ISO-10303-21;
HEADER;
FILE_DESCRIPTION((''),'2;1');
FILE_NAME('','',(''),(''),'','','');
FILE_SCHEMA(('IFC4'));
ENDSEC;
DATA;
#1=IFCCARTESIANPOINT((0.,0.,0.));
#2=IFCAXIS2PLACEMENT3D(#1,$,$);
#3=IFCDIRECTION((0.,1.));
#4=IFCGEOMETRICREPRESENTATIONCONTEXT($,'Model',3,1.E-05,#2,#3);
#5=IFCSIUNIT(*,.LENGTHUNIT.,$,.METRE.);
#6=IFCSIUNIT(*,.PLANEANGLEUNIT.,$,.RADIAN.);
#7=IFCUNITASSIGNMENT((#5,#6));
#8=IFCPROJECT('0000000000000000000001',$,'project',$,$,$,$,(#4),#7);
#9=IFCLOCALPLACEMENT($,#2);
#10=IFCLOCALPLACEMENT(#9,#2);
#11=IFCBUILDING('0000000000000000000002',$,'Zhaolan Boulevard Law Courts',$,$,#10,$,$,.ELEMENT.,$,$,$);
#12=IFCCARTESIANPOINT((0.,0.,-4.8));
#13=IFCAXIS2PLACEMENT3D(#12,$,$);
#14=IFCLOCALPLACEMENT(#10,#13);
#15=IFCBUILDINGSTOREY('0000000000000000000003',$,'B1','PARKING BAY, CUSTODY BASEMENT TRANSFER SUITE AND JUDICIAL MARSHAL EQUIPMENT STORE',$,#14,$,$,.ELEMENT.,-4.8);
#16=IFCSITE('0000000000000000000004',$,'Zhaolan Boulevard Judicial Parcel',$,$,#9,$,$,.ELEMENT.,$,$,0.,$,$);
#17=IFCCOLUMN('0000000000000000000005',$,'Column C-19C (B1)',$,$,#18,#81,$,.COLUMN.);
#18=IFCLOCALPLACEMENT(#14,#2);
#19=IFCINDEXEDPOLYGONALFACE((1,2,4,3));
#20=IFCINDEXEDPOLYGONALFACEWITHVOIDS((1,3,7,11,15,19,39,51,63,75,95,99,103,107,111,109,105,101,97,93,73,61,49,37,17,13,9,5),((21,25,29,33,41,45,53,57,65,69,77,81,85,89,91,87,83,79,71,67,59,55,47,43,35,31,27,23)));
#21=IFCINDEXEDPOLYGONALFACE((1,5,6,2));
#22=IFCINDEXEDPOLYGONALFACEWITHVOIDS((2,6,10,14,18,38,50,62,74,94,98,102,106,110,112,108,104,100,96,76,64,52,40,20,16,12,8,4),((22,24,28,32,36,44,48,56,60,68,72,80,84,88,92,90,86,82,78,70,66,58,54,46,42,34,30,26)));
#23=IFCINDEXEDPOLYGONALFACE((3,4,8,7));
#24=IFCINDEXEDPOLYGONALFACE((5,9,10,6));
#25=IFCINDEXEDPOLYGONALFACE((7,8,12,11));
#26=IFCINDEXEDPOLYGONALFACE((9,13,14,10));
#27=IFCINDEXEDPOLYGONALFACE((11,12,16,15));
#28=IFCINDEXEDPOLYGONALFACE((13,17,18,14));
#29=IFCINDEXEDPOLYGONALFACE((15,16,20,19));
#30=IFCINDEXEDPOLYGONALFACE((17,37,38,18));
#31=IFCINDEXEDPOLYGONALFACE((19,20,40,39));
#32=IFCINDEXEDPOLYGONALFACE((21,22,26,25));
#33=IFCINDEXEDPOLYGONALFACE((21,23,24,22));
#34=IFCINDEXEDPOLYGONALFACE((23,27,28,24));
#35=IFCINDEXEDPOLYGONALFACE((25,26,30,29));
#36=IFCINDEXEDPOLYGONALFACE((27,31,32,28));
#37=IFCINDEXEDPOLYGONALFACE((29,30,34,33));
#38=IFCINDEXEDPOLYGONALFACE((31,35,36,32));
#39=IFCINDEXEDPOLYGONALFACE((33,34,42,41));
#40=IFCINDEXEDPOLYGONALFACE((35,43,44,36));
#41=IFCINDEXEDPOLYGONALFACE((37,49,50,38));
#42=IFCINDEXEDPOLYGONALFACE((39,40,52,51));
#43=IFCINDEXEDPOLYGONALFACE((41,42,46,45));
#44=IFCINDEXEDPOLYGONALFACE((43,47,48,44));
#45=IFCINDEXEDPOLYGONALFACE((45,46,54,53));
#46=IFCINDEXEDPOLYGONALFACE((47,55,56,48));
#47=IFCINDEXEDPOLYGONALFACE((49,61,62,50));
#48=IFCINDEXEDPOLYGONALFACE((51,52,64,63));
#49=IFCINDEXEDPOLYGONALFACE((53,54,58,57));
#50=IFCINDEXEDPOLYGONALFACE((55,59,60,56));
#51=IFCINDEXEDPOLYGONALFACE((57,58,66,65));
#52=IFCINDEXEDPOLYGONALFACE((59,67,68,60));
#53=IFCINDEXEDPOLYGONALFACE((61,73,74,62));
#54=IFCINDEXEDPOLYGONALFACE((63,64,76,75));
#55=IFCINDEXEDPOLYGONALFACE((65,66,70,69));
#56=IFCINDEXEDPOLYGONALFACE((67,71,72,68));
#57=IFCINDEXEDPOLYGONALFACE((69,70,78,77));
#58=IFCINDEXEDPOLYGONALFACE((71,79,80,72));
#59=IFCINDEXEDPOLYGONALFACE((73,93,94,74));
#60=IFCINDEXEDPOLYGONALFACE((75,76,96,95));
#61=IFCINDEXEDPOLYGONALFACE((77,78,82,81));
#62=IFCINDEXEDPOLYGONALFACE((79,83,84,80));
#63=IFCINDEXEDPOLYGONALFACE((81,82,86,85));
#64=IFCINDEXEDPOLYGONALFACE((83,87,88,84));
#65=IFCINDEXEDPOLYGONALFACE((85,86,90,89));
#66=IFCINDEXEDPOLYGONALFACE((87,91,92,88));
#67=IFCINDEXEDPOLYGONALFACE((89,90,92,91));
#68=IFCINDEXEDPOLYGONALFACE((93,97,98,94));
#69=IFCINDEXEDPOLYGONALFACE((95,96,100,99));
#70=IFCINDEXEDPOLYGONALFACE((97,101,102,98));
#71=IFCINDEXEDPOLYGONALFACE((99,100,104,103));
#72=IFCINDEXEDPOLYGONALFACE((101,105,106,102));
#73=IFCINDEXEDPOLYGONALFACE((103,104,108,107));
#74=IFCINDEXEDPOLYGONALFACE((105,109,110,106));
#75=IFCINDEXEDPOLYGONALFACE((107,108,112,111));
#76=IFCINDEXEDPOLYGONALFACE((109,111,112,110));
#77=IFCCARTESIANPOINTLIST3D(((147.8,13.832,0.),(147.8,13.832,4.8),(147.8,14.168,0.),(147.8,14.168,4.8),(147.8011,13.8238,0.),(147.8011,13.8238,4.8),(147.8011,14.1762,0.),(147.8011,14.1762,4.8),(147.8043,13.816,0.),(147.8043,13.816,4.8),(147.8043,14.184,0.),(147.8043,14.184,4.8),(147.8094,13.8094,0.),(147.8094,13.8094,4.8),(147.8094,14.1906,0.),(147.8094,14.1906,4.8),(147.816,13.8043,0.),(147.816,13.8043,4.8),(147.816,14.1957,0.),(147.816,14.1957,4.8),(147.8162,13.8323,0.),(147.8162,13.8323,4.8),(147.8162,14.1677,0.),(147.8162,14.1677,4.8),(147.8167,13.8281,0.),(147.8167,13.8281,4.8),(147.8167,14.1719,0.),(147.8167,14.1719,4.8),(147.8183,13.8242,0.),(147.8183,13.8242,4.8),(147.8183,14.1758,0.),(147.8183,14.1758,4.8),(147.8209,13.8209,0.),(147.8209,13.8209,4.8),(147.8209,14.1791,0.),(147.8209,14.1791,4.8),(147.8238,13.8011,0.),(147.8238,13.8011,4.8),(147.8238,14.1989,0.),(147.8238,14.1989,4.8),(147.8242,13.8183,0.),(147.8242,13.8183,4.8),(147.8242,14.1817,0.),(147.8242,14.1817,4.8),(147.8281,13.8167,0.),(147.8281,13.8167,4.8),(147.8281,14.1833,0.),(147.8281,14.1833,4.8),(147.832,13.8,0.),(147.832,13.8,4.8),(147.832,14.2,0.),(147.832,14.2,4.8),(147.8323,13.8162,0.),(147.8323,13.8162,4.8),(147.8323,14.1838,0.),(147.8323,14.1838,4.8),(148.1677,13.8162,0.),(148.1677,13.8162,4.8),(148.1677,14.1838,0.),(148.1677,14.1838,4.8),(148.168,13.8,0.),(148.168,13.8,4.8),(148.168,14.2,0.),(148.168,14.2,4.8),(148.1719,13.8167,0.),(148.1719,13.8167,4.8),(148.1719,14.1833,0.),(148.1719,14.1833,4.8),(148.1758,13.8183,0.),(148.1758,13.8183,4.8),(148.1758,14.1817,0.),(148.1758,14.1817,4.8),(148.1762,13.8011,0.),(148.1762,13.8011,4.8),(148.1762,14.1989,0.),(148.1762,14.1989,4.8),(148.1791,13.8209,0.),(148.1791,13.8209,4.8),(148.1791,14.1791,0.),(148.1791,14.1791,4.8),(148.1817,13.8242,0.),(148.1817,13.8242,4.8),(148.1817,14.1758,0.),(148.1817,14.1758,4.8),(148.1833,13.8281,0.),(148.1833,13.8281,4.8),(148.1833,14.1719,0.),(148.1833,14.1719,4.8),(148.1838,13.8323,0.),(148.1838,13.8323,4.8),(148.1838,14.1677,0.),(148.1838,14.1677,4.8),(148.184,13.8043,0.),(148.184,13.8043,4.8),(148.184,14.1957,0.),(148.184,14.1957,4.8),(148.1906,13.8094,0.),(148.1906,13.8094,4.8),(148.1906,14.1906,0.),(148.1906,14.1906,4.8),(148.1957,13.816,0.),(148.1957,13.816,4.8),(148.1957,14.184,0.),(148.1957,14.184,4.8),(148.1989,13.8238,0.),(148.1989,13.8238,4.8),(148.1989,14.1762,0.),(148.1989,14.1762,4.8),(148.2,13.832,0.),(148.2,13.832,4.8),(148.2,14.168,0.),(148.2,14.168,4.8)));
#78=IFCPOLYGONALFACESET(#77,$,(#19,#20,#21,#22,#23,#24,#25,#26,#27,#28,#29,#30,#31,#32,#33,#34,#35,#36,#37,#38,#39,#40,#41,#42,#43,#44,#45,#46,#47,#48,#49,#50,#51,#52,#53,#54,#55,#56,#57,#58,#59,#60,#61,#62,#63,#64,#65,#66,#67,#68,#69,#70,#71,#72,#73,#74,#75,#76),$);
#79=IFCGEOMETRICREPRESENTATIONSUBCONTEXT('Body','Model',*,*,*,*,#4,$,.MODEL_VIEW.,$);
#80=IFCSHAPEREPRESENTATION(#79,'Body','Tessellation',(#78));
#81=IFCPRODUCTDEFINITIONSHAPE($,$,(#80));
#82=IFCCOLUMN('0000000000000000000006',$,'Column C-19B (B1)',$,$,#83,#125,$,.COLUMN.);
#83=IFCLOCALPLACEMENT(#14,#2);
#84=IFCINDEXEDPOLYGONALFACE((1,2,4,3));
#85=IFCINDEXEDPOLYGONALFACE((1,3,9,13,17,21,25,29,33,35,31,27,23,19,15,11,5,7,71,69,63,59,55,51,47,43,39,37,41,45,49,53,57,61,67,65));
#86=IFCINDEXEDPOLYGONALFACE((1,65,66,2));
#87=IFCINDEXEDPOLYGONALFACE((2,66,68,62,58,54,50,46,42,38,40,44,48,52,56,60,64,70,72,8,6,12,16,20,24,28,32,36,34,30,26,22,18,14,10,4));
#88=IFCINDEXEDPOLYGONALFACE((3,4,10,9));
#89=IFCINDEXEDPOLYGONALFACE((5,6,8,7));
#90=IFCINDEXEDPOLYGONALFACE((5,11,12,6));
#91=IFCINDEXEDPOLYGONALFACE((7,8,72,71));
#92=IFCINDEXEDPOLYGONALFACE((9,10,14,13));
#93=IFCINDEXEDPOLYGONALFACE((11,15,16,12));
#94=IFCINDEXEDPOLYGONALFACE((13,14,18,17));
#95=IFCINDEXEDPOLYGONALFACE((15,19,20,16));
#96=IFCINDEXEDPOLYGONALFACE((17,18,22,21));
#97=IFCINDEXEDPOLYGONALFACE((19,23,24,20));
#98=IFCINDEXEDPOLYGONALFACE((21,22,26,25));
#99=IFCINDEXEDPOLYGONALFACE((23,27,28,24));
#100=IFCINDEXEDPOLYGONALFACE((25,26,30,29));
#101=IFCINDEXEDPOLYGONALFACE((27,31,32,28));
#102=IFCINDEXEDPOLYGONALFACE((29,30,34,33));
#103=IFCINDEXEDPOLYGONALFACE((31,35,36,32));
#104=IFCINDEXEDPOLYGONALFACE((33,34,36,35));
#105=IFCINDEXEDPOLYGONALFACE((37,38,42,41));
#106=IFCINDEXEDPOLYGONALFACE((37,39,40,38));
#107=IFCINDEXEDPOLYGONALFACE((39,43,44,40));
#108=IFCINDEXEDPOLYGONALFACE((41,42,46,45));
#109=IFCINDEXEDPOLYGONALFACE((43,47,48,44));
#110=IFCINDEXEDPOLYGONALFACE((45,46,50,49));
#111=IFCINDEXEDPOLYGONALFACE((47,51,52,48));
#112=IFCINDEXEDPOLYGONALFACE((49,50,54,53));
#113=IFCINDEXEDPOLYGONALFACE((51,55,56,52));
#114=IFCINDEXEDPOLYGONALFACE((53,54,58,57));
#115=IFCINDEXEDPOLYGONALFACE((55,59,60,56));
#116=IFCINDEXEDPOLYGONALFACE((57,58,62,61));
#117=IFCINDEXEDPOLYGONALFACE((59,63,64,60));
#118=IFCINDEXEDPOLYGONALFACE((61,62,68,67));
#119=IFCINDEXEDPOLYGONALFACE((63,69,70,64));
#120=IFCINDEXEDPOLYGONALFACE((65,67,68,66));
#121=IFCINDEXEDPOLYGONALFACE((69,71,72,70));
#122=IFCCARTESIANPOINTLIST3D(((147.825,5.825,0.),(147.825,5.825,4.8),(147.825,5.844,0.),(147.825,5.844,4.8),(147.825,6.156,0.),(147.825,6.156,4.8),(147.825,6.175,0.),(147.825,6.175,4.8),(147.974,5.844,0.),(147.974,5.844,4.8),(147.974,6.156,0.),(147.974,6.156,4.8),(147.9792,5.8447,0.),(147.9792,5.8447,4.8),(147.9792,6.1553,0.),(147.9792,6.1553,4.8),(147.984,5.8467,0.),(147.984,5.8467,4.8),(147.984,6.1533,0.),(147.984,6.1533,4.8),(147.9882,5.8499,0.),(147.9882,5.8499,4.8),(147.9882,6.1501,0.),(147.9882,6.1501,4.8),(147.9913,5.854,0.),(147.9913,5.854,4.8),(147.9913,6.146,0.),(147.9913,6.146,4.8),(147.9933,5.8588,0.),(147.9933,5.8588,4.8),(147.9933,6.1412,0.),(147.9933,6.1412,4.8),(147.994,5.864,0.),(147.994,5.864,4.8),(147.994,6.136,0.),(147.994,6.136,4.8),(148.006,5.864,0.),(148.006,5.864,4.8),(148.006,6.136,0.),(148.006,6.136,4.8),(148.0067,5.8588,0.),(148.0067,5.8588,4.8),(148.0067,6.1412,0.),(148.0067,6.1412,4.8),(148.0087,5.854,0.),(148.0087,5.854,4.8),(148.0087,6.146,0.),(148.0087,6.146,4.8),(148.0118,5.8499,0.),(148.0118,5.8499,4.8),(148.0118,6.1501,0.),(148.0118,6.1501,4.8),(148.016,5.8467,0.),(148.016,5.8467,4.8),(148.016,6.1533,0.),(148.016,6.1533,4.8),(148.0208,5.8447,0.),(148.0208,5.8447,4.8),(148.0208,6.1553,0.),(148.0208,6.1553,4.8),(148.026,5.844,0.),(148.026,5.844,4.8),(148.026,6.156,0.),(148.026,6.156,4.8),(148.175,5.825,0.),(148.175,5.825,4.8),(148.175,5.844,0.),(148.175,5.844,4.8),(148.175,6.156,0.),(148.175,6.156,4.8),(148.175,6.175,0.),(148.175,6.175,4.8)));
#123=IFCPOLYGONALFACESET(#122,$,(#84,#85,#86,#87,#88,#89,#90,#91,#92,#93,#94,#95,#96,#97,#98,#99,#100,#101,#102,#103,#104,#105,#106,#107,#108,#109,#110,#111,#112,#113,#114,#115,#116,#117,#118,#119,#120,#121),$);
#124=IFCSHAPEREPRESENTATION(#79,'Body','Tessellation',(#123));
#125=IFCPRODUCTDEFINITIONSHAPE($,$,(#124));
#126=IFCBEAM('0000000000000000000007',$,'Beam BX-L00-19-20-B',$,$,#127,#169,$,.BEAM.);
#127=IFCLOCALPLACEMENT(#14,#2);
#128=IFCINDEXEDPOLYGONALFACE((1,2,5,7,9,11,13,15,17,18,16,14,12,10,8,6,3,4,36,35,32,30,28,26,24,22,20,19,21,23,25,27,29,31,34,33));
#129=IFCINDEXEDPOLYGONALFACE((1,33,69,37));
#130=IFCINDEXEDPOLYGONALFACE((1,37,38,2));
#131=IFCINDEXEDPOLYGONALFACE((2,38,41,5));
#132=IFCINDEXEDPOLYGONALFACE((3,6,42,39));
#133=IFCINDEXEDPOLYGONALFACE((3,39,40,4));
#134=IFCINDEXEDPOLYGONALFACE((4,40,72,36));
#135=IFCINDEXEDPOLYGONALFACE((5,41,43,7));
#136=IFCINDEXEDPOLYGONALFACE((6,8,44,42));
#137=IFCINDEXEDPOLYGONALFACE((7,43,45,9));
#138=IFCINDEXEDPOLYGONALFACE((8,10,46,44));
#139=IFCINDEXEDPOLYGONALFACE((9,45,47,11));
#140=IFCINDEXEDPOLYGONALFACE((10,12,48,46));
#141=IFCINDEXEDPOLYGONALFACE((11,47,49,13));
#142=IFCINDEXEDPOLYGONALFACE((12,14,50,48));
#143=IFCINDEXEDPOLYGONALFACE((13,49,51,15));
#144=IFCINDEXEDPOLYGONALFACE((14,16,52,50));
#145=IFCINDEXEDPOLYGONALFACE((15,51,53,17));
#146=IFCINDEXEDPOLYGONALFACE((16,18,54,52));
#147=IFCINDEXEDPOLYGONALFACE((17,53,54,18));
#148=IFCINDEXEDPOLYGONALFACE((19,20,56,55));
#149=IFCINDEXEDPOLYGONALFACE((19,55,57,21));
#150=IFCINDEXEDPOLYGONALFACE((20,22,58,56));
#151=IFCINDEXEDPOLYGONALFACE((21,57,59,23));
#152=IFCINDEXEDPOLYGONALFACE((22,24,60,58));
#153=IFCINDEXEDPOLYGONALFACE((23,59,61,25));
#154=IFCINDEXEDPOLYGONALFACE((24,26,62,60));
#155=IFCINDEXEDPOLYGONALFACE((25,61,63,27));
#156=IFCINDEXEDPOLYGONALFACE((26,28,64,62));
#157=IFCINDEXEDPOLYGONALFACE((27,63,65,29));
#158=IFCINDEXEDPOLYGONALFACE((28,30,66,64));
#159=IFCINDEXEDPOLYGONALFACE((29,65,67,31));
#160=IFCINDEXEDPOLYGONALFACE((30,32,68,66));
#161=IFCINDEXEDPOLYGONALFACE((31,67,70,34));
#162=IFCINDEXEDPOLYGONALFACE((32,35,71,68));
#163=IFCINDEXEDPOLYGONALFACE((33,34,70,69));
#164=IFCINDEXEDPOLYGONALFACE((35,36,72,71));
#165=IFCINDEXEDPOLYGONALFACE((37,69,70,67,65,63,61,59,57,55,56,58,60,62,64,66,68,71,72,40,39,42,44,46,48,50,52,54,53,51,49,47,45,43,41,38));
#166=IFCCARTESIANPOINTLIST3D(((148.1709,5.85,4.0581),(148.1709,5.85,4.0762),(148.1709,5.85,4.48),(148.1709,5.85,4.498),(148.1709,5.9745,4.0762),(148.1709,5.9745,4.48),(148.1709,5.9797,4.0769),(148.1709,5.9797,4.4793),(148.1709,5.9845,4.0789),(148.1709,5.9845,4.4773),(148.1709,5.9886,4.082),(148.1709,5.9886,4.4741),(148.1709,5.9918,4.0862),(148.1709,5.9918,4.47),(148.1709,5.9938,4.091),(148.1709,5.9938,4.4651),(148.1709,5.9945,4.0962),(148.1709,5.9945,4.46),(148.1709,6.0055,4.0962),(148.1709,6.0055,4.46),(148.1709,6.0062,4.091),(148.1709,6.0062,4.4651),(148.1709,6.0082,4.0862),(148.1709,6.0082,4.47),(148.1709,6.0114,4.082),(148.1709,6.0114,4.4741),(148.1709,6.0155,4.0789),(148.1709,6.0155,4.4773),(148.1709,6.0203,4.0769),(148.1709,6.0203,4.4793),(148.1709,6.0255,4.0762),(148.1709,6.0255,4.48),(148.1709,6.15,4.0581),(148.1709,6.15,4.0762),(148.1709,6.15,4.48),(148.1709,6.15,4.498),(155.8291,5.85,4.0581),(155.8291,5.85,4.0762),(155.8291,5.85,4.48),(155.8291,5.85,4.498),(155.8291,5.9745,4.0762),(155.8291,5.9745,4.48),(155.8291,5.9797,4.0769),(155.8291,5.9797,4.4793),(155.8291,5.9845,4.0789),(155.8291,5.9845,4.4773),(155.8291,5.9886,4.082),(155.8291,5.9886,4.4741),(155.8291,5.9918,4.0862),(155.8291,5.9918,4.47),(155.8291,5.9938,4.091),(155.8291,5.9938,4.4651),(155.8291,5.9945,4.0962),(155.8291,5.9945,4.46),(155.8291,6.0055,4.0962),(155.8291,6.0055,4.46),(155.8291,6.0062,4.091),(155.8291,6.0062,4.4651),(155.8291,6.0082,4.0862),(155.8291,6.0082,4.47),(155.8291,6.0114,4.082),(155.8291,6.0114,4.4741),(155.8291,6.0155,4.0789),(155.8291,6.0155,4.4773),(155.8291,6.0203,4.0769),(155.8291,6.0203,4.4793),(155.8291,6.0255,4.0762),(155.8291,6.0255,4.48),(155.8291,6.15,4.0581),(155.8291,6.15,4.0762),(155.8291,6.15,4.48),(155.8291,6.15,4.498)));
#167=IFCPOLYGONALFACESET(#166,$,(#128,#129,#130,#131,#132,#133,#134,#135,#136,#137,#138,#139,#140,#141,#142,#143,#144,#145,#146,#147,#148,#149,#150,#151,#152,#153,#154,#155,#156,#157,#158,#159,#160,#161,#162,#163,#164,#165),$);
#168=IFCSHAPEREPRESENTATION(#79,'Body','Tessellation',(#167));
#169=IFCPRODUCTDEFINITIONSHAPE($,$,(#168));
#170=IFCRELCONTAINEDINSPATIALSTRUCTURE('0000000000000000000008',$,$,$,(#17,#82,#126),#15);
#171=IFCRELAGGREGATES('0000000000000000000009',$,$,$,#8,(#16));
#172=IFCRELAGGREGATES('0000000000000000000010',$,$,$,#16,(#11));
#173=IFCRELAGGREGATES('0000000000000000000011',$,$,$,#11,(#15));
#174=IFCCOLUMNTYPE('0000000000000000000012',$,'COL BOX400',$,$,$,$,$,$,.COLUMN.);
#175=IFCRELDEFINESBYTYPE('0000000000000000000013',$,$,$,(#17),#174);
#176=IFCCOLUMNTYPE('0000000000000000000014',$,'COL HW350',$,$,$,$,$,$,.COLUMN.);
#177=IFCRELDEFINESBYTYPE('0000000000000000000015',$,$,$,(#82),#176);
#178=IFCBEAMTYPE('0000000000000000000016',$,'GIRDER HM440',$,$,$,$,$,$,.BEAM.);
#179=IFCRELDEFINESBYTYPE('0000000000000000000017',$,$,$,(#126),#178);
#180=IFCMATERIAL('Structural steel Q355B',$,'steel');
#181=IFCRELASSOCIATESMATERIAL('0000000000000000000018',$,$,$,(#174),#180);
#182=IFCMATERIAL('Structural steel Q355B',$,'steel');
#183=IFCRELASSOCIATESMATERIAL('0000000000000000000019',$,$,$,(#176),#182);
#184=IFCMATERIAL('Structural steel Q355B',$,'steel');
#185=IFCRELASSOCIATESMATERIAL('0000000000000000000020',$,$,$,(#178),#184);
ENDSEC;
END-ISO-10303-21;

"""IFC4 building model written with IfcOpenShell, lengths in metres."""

from ifc_helpers import new_model, si_unit, direction, frame, origin, origin_2d, place, context, subcontext, project, spatial, hollow_rectangle, i_section, extrude, material, material_profile, profile_set, type_object, element, save


model = new_model("IFC4")

# Units and contexts
model_context = context("Model", 3, precision=1e-05, world=origin(), true_north=direction((0.0, 1.0)))
body_context = subcontext(model_context, "Body", "Model", "MODEL_VIEW")
ifc_project = project(units=[si_unit("LENGTHUNIT", "METRE"), si_unit("PLANEANGLEUNIT", "RADIAN")], contexts=[model_context])

# Site, building, storey
site_placement = place(None, origin())
site = spatial("IfcSite", under=ifc_project, at=site_placement, Name="Zhaolan Boulevard Judicial Parcel", CompositionType="ELEMENT", RefElevation=0.0)
building_placement = place(site_placement, origin())
building = spatial("IfcBuilding", under=site, at=building_placement, Name="Zhaolan Boulevard Law Courts", CompositionType="ELEMENT")
storey_placement = place(building_placement, frame((0.0, 0.0, -4.8)))
storey = spatial("IfcBuildingStorey", under=building, at=storey_placement, Name="B1", Description="PARKING BAY, CUSTODY BASEMENT TRANSFER SUITE AND JUDICIAL MARSHAL EQUIPMENT STORE", CompositionType="ELEMENT", Elevation=-4.8)

# Columns
ifc_material_1 = material(Name="Structural steel Q355B", Category="steel")
ifc_material_profile_1 = material_profile(ifc_material_1, hollow_rectangle(XDim=0.3999, YDim=0.3999, WallThickness=0.0161, InnerFilletRadius=0.0161, OuterFilletRadius=0.032, at=origin_2d()), Name="BOX400x400x16")
ifc_profile_set_1 = profile_set([ifc_material_profile_1], Name="Structural steel Q355B")
column_type_1 = type_object("IfcColumnType", Name="COL BOX400", PredefinedType="COLUMN", material=ifc_profile_set_1)
column_1_placement = place(storey_placement, frame((148.0, 14.0, 0.0), z_axis=(0.0, 0.0, 1.0), x_axis=(1.0, 0.0, 0.0)))
element("IfcColumn", 1, at=column_1_placement, inside=storey, type_object=column_type_1, Name="Column C-19C (B1)", PredefinedType="COLUMN", context=body_context, shape_type="SweptSolid", body=[
    extrude(hollow_rectangle(XDim=0.3999, YDim=0.3999, WallThickness=0.0161, InnerFilletRadius=0.0161, OuterFilletRadius=0.032, at=origin_2d()), origin(), (0.0, 0.0, 1.0), 4.8),
])
ifc_material_2 = material(Name="Structural steel Q355B", Category="steel")
ifc_material_profile_2 = material_profile(ifc_material_2, i_section(OverallWidth=0.3501, OverallDepth=0.3501, WebThickness=0.012, FlangeThickness=0.019, FilletRadius=0.02, at=origin_2d()), Name="HW350x350")
ifc_profile_set_2 = profile_set([ifc_material_profile_2], Name="Structural steel Q355B")
column_type_2 = type_object("IfcColumnType", Name="COL HW350", PredefinedType="COLUMN", material=ifc_profile_set_2)
column_2_placement = place(storey_placement, frame((148.0, 6.0, 0.0), z_axis=(0.0, 0.0, 1.0), x_axis=(1.0, 0.0, 0.0)))
element("IfcColumn", 2, at=column_2_placement, inside=storey, type_object=column_type_2, Name="Column C-19B (B1)", PredefinedType="COLUMN", context=body_context, shape_type="SweptSolid", body=[
    extrude(i_section(OverallWidth=0.3501, OverallDepth=0.3501, WebThickness=0.012, FlangeThickness=0.019, FilletRadius=0.02, at=origin_2d()), origin(), (0.0, 0.0, 1.0), 4.8),
])

# Beam
ifc_material_3 = material(Name="Structural steel Q355B", Category="steel")
ifc_material_profile_3 = material_profile(ifc_material_3, i_section(OverallWidth=0.3, OverallDepth=0.4399, WebThickness=0.011, FlangeThickness=0.0181, FilletRadius=0.02, at=origin_2d()), Name="HM440x300")
ifc_profile_set_3 = profile_set([ifc_material_profile_3], Name="Structural steel Q355B")
beam_type_1 = type_object("IfcBeamType", Name="GIRDER HM440", PredefinedType="BEAM", material=ifc_profile_set_3)
beam_1_placement = place(storey_placement, frame((148.1709, 6.0, 4.2781), z_axis=(1.0, 0.0, 0.0), x_axis=(0.0, 1.0, 0.0)))
element("IfcBeam", 3, at=beam_1_placement, inside=storey, type_object=beam_type_1, Name="Beam BX-L00-19-20-B", PredefinedType="BEAM", context=body_context, shape_type="SweptSolid", body=[
    extrude(i_section(OverallWidth=0.3, OverallDepth=0.4399, WebThickness=0.011, FlangeThickness=0.0181, FilletRadius=0.02, at=origin_2d()), origin(), (0.0, 0.0, 1.0), 7.6582),
])

save(model, "model.ifc")
